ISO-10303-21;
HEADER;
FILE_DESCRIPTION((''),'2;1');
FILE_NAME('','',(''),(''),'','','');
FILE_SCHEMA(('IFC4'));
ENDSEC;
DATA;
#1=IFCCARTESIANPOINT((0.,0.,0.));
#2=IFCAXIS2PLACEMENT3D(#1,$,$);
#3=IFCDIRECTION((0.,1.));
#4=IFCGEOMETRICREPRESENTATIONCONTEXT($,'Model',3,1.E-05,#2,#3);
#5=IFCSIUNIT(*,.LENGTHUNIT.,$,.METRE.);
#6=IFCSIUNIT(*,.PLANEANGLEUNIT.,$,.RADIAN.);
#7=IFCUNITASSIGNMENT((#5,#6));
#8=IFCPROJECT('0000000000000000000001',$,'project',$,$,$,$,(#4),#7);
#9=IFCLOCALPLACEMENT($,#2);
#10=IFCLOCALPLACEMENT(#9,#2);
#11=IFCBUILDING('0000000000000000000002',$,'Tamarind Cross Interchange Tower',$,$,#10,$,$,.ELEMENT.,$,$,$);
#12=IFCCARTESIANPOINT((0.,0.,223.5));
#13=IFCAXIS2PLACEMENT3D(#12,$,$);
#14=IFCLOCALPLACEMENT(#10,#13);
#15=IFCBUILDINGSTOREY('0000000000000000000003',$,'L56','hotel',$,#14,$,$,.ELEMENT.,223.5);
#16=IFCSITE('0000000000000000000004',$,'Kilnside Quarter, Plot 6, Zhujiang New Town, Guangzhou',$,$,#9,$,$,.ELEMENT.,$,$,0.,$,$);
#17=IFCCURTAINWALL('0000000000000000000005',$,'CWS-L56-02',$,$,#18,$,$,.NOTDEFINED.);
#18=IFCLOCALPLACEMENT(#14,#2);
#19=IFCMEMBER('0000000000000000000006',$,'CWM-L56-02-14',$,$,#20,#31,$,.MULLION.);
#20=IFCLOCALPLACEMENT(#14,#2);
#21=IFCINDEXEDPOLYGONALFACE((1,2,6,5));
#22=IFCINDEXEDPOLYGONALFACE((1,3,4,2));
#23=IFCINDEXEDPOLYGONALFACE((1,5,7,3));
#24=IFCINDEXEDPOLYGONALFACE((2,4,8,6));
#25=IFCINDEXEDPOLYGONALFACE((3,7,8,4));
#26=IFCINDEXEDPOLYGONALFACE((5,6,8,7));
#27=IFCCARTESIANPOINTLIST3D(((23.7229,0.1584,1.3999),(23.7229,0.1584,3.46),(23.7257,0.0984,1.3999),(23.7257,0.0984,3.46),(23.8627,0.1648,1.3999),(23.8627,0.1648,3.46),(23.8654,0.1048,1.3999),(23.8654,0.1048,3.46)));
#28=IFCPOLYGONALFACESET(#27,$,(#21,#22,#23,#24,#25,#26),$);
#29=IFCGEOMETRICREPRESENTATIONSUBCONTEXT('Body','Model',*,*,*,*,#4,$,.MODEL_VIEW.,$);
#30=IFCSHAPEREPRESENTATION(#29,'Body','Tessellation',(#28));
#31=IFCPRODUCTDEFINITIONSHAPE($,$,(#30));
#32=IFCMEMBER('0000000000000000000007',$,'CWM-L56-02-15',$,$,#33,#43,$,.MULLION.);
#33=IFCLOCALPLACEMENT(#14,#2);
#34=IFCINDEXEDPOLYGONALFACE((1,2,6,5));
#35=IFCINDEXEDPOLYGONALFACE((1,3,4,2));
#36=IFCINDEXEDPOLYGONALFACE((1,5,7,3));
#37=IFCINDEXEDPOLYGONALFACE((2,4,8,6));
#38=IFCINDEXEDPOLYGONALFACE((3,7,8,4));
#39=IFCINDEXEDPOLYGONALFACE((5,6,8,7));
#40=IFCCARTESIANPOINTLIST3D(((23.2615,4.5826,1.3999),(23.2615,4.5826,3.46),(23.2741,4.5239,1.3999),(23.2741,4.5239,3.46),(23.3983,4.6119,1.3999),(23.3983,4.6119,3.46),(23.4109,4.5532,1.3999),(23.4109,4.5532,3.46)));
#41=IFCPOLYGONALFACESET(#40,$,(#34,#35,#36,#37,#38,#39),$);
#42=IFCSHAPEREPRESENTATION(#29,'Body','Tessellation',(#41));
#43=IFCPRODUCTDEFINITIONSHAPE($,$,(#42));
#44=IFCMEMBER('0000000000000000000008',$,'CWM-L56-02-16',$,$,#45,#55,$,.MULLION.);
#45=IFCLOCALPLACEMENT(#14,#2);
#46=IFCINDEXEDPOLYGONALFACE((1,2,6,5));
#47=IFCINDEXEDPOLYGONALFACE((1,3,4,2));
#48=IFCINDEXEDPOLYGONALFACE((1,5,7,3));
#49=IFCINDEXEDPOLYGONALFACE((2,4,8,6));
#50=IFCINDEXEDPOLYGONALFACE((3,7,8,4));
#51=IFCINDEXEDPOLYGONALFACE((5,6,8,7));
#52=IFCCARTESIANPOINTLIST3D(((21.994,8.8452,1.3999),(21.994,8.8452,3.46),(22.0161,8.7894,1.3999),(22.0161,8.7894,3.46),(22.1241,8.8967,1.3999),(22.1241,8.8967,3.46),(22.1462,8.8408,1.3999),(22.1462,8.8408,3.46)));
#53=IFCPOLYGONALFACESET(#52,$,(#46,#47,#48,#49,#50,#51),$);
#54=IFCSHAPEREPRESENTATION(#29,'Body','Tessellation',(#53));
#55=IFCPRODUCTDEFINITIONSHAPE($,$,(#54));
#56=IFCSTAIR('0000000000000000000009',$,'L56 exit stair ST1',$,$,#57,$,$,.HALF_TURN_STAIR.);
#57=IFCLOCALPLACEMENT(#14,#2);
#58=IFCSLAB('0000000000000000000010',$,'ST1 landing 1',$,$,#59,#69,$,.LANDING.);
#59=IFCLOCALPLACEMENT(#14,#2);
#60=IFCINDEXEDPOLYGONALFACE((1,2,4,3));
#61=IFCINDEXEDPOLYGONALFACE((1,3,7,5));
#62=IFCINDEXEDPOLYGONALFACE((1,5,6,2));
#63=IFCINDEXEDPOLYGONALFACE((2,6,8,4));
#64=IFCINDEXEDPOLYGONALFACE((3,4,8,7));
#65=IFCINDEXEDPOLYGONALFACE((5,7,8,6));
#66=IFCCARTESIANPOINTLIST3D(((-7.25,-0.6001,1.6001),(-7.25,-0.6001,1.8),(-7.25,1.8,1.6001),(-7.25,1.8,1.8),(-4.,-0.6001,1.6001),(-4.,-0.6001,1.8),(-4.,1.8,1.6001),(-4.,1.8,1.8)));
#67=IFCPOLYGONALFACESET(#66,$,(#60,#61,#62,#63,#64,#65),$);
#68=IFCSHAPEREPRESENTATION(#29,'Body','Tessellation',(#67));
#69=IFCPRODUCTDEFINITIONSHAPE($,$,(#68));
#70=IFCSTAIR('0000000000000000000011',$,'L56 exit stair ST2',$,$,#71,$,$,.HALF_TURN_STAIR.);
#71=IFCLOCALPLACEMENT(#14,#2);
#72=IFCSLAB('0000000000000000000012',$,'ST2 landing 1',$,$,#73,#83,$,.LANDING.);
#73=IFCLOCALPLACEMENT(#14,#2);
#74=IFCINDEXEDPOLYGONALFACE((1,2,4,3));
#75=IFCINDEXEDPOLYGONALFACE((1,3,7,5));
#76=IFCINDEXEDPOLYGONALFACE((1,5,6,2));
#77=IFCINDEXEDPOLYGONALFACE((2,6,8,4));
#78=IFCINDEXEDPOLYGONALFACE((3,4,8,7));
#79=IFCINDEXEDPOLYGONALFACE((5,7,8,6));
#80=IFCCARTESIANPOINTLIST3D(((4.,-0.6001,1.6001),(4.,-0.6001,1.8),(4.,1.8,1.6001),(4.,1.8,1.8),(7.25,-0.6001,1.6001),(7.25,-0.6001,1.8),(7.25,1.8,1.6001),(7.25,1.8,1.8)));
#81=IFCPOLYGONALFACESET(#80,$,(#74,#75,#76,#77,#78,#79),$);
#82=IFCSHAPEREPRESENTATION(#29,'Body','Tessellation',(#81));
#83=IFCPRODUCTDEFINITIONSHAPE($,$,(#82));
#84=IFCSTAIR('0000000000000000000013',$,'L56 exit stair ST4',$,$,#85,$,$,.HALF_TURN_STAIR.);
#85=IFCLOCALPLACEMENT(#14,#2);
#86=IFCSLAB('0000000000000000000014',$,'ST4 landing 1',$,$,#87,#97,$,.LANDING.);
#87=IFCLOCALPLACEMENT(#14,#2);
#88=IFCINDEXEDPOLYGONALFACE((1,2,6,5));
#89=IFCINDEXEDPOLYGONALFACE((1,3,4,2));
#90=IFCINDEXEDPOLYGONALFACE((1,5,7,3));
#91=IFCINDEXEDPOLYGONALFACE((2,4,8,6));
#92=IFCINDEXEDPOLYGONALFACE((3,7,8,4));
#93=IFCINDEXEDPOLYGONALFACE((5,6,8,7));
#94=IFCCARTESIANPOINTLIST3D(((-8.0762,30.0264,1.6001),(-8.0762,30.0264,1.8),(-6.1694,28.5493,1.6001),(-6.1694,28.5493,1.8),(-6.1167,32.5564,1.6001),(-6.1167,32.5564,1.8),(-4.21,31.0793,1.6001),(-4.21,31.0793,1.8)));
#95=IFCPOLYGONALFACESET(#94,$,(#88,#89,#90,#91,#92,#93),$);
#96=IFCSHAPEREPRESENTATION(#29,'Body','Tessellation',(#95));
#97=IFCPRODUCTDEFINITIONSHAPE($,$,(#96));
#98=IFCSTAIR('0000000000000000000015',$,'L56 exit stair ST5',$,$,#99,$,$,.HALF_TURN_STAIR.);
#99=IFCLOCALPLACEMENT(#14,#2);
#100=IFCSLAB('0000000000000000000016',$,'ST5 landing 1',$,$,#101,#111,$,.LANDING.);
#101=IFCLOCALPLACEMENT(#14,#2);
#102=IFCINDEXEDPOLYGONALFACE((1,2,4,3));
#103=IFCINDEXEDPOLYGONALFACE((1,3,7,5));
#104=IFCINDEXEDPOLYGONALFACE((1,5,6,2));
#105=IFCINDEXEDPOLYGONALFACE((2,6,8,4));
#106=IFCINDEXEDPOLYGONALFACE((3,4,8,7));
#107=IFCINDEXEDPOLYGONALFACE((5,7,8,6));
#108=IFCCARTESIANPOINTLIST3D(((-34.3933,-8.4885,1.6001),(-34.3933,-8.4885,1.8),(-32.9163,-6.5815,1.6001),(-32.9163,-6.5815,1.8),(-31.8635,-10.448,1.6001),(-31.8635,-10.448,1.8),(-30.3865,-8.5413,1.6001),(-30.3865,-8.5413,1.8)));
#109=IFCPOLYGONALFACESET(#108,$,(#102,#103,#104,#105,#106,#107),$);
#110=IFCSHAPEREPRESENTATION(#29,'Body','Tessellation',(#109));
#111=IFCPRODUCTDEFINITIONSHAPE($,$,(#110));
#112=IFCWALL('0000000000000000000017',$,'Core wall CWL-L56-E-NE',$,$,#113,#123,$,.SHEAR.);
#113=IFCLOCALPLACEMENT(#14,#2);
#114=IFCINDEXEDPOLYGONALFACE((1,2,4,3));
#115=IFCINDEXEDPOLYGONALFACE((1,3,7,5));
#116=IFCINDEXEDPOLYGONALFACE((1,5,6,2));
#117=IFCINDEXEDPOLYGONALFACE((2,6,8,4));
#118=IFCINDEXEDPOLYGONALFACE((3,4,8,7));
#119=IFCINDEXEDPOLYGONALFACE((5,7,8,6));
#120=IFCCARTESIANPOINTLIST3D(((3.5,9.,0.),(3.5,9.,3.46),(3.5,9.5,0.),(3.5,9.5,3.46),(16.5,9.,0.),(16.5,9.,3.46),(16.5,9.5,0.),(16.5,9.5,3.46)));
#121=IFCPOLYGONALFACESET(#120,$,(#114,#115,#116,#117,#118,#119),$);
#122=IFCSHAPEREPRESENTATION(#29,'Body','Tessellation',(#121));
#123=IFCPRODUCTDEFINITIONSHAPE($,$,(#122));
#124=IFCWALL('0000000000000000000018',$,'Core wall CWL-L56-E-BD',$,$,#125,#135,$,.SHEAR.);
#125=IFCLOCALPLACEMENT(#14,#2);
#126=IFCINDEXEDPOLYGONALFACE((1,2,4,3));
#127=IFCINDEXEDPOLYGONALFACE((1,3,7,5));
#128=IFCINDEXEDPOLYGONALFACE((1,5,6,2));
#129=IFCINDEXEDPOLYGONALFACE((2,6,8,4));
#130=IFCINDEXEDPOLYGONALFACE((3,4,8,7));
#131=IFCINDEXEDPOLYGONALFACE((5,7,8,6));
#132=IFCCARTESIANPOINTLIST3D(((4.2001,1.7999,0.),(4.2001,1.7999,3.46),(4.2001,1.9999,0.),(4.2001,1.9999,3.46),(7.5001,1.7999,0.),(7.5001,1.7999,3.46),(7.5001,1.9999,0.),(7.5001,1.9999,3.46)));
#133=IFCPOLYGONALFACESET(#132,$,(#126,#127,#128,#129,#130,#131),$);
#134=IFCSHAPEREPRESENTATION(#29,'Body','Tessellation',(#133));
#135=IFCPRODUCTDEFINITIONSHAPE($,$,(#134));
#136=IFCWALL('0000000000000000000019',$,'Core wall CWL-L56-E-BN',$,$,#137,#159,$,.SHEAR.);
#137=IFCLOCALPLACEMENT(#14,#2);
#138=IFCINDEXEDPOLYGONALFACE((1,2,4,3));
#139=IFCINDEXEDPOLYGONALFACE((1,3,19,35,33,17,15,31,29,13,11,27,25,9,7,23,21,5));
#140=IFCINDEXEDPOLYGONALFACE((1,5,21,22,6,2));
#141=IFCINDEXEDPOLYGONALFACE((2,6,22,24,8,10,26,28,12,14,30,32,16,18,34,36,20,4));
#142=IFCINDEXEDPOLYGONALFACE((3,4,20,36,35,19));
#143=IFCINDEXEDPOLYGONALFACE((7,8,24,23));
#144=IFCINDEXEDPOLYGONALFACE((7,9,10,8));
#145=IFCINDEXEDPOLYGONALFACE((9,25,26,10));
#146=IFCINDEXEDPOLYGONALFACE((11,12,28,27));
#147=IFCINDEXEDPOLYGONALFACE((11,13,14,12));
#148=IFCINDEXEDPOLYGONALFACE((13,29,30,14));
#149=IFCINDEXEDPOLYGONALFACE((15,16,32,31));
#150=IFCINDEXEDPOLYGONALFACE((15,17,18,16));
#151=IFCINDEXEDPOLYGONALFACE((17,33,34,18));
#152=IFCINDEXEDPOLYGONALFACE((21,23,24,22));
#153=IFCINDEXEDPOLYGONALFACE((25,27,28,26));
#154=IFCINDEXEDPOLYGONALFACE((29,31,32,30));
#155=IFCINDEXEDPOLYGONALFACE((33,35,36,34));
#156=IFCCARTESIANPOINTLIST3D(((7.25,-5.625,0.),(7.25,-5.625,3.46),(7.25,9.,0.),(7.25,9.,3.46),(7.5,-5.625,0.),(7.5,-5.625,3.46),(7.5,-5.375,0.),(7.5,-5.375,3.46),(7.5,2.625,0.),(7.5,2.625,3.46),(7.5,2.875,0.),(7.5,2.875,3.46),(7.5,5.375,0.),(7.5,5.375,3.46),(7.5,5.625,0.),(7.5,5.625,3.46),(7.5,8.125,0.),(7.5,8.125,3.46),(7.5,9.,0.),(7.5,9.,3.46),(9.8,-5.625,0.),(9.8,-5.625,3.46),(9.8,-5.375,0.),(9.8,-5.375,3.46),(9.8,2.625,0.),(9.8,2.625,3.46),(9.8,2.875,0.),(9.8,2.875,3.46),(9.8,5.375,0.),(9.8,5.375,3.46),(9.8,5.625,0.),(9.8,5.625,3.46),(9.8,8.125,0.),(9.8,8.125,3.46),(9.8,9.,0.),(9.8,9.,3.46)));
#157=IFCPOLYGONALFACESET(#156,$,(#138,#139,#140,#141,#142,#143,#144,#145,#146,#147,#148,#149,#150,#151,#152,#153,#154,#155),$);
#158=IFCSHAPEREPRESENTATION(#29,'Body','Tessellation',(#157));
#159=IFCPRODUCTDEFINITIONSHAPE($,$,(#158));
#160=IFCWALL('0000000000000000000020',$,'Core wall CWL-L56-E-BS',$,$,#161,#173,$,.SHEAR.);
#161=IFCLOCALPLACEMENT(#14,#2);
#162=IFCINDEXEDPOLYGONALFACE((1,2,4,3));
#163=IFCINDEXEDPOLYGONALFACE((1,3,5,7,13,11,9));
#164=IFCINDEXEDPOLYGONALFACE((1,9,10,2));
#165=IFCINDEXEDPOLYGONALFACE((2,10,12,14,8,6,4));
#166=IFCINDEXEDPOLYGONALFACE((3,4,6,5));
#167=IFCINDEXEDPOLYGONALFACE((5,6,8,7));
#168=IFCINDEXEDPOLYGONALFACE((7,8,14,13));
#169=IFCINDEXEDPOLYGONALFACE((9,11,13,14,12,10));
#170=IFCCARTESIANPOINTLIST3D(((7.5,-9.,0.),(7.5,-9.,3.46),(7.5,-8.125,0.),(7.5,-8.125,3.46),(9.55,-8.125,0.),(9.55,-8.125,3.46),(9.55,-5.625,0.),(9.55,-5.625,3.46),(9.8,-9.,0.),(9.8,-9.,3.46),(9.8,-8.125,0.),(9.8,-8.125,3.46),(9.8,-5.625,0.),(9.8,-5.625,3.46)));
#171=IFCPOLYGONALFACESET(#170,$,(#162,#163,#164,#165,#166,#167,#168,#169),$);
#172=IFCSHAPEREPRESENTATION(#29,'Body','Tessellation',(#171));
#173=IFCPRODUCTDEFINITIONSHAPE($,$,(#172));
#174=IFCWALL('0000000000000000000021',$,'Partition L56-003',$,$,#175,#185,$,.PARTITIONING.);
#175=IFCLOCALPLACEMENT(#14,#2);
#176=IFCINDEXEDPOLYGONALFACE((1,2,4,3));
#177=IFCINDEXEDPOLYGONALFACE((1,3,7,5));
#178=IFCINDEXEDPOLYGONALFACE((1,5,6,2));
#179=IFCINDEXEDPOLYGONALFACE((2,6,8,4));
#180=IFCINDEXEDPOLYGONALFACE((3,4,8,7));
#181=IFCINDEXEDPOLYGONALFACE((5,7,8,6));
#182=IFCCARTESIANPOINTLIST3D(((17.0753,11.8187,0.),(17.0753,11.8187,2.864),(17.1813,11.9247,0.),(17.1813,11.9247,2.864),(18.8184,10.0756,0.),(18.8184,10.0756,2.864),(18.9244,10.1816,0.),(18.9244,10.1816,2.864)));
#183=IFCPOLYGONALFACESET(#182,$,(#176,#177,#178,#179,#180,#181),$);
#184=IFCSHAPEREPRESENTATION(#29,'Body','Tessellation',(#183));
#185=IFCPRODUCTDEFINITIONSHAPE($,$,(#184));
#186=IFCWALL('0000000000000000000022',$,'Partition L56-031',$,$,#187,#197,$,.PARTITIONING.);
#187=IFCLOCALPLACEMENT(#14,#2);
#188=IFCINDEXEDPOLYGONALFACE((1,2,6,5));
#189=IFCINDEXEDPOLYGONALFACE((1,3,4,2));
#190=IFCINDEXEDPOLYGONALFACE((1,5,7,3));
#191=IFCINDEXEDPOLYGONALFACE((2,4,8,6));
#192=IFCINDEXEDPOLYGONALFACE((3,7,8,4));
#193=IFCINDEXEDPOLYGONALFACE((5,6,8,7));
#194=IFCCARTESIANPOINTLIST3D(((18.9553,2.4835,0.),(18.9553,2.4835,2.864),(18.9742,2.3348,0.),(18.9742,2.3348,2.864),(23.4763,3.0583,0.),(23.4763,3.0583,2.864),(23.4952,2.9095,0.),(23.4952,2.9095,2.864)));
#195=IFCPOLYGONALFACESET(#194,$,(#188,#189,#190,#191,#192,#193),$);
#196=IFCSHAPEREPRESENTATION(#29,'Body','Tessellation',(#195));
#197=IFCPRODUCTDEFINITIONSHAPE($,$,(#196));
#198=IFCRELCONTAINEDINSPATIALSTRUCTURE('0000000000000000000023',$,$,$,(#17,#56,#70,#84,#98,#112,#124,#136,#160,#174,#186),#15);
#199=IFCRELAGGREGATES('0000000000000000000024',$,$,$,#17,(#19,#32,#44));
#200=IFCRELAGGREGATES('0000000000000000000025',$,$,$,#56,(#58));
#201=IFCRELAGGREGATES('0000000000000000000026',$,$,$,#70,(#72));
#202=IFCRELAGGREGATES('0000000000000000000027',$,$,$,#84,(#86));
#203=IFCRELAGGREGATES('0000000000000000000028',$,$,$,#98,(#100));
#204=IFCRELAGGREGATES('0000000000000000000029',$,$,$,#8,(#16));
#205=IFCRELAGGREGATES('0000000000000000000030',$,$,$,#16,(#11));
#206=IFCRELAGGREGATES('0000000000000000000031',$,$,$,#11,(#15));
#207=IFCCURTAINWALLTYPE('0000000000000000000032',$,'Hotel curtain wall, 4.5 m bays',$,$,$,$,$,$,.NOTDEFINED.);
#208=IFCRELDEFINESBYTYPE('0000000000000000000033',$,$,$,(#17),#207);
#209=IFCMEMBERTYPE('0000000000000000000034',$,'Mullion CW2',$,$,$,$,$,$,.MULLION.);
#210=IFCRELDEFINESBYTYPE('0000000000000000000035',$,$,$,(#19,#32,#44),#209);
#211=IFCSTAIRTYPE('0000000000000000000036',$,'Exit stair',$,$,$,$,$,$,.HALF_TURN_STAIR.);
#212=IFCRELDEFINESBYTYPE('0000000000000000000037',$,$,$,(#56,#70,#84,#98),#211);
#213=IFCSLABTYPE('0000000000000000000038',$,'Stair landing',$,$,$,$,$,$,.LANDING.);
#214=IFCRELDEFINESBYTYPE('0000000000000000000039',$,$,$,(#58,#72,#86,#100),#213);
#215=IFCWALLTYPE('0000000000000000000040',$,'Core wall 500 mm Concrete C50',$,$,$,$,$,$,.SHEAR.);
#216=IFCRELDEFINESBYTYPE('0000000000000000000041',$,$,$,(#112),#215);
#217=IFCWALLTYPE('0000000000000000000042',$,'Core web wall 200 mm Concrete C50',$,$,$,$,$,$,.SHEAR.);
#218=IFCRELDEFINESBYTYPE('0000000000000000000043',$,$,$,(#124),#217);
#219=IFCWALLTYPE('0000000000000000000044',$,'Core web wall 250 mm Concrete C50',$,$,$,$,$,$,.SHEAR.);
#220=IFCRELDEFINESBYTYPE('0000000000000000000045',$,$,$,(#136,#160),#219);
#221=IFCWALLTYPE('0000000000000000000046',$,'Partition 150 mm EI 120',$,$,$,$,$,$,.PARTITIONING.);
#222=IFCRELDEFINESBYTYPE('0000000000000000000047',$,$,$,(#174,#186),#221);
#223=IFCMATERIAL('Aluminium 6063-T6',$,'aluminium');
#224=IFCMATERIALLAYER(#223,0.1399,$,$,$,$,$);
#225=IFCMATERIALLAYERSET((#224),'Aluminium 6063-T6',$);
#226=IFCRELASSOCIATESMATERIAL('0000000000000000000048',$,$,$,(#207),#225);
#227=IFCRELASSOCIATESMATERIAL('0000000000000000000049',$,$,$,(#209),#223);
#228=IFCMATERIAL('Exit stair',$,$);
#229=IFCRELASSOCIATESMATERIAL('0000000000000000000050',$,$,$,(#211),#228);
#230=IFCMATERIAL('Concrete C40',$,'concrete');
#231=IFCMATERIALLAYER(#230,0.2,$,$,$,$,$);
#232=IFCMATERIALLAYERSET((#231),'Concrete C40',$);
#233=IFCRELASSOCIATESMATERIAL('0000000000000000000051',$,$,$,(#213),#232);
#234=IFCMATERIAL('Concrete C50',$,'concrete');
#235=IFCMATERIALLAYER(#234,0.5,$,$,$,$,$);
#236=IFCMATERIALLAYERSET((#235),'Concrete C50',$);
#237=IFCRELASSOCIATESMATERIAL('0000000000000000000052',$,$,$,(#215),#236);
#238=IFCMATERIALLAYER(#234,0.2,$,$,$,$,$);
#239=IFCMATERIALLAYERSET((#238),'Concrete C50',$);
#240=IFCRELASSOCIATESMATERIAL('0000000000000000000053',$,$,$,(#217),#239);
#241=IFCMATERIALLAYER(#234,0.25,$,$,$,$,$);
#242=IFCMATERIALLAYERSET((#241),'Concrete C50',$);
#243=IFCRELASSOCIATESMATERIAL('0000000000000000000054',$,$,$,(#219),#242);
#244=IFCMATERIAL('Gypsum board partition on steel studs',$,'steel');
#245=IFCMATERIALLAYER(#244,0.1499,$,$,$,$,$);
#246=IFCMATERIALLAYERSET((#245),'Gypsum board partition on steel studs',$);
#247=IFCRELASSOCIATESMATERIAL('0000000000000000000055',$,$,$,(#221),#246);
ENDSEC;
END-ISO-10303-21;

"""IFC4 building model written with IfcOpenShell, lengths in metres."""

from ifc_helpers import new_model, si_unit, direction, frame, frame_2d, origin, origin_2d, place, context, subcontext, project, spatial, polyline, rectangle, outline, extrude, material, layer, layer_set, material_profile, profile_set, type_object, element, aggregate, save


model = new_model("IFC4")

# Units and contexts
model_context = context("Model", 3, precision=1e-05, world=origin(), true_north=direction((0.0, 1.0)))
body_context = subcontext(model_context, "Body", "Model", "MODEL_VIEW")
ifc_project = project(units=[si_unit("LENGTHUNIT", "METRE"), si_unit("PLANEANGLEUNIT", "RADIAN")], contexts=[model_context])

# Site, building, storey
site_placement = place(None, origin())
site = spatial("IfcSite", under=ifc_project, at=site_placement, Name="Kilnside Quarter, Plot 6, Zhujiang New Town, Guangzhou", CompositionType="ELEMENT", RefElevation=0.0)
building_placement = place(site_placement, origin())
building = spatial("IfcBuilding", under=site, at=building_placement, Name="Tamarind Cross Interchange Tower", CompositionType="ELEMENT")
storey_placement = place(building_placement, frame((0.0, 0.0, 223.5)))
storey = spatial("IfcBuildingStorey", under=building, at=storey_placement, Name="L56", Description="hotel", CompositionType="ELEMENT", Elevation=223.5)

# Shared definitions
ifc_material_1 = material(Name="Concrete C50", Category="concrete")

# Curtain wall, members
ifc_material_2 = material(Name="Aluminium 6063-T6", Category="aluminium")
ifc_layer_1 = layer(ifc_material_2, 0.1399)
ifc_layer_set_1 = layer_set([ifc_layer_1], Name="Aluminium 6063-T6")
curtain_wall_type = type_object("IfcCurtainWallType", Name="Hotel curtain wall, 4.5 m bays", PredefinedType="NOTDEFINED", material=ifc_layer_set_1)
curtain_wall_placement = place(storey_placement, origin())
curtain_wall = element("IfcCurtainWall", 1, at=curtain_wall_placement, inside=storey, type_object=curtain_wall_type, Name="CWS-L56-02", PredefinedType="NOTDEFINED")
ifc_material_profile_1 = material_profile(ifc_material_2, rectangle(XDim=0.0601, YDim=0.1399, at=origin_2d()), Name="Mullion CW2")
ifc_profile_set_1 = profile_set([ifc_material_profile_1], Name="Aluminium 6063-T6")
member_type = type_object("IfcMemberType", Name="Mullion CW2", PredefinedType="MULLION", material=ifc_profile_set_1)
member_1_placement = place(storey_placement, frame((23.7942, 0.1316, 1.3999), z_axis=(0.0, 0.0, 1.0), x_axis=(-0.045624, 0.998959, 0.0)))
member_1 = element("IfcMember", 2, at=member_1_placement, type_object=member_type, Name="CWM-L56-02-14", PredefinedType="MULLION", context=body_context, shape_type="SweptSolid", body=[
    extrude(rectangle(XDim=0.0601, YDim=0.1399, at=origin_2d()), origin(), (0.0, 0.0, 1.0), 2.0601),
])
member_2_placement = place(storey_placement, frame((23.3362, 4.5679, 1.3999), z_axis=(0.0, 0.0, 1.0), x_axis=(-0.209425, 0.977825, 0.0)))
member_2 = element("IfcMember", 3, at=member_2_placement, type_object=member_type, Name="CWM-L56-02-15", PredefinedType="MULLION", context=body_context, shape_type="SweptSolid", body=[
    extrude(rectangle(XDim=0.0601, YDim=0.1399, at=origin_2d()), origin(), (0.0, 0.0, 1.0), 2.0601),
])
member_3_placement = place(storey_placement, frame((22.0701, 8.843, 1.3999), z_axis=(0.0, 0.0, 1.0), x_axis=(-0.367514, 0.930018, 0.0)))
member_3 = element("IfcMember", 4, at=member_3_placement, type_object=member_type, Name="CWM-L56-02-16", PredefinedType="MULLION", context=body_context, shape_type="SweptSolid", body=[
    extrude(rectangle(XDim=0.0601, YDim=0.1399, at=origin_2d()), origin(), (0.0, 0.0, 1.0), 2.0601),
])
aggregate(curtain_wall, [member_1, member_2, member_3])

# Stairs, slabs
ifc_material_3 = material(Name="Exit stair")
stair_type = type_object("IfcStairType", Name="Exit stair", PredefinedType="HALF_TURN_STAIR", material=ifc_material_3)
stair_1_placement = place(storey_placement, origin())
stair_1 = element("IfcStair", 5, at=stair_1_placement, inside=storey, type_object=stair_type, Name="L56 exit stair ST1", PredefinedType="HALF_TURN_STAIR")
ifc_material_4 = material(Name="Concrete C40", Category="concrete")
ifc_layer_2 = layer(ifc_material_4, 0.2)
ifc_layer_set_2 = layer_set([ifc_layer_2], Name="Concrete C40")
slab_type = type_object("IfcSlabType", Name="Stair landing", PredefinedType="LANDING", material=ifc_layer_set_2)
slab_1_placement = place(storey_placement, frame((0.0, 0.0, 1.6001)))
slab_1 = element("IfcSlab", 6, at=slab_1_placement, type_object=slab_type, Name="ST1 landing 1", PredefinedType="LANDING", context=body_context, shape_type="SweptSolid", body=[
    extrude(outline(polyline([(-4.0, -0.6001), (-4.0, 1.8), (-7.25, 1.8), (-7.25, -0.6001), (-4.0, -0.6001)])), origin(), (0.0, 0.0, 1.0), 0.2),
])
aggregate(stair_1, [slab_1])
stair_2_placement = place(storey_placement, origin())
stair_2 = element("IfcStair", 7, at=stair_2_placement, inside=storey, type_object=stair_type, Name="L56 exit stair ST2", PredefinedType="HALF_TURN_STAIR")
slab_2_placement = place(storey_placement, frame((0.0, 0.0, 1.6001)))
slab_2 = element("IfcSlab", 8, at=slab_2_placement, type_object=slab_type, Name="ST2 landing 1", PredefinedType="LANDING", context=body_context, shape_type="SweptSolid", body=[
    extrude(outline(polyline([(7.25, -0.6001), (7.25, 1.8), (4.0, 1.8), (4.0, -0.6001), (7.25, -0.6001)])), origin(), (0.0, 0.0, 1.0), 0.2),
])
aggregate(stair_2, [slab_2])
stair_3_placement = place(storey_placement, origin())
stair_3 = element("IfcStair", 9, at=stair_3_placement, inside=storey, type_object=stair_type, Name="L56 exit stair ST4", PredefinedType="HALF_TURN_STAIR")
slab_3_placement = place(storey_placement, frame((0.0, 0.0, 1.6001)))
slab_3 = element("IfcSlab", 10, at=slab_3_placement, type_object=slab_type, Name="ST4 landing 1", PredefinedType="LANDING", context=body_context, shape_type="SweptSolid", body=[
    extrude(outline(polyline([(-4.21, 31.0793), (-6.1167, 32.5564), (-8.0762, 30.0264), (-6.1694, 28.5493), (-4.21, 31.0793)])), origin(), (0.0, 0.0, 1.0), 0.2),
])
aggregate(stair_3, [slab_3])
stair_4_placement = place(storey_placement, origin())
stair_4 = element("IfcStair", 11, at=stair_4_placement, inside=storey, type_object=stair_type, Name="L56 exit stair ST5", PredefinedType="HALF_TURN_STAIR")
slab_4_placement = place(storey_placement, frame((0.0, 0.0, 1.6001)))
slab_4 = element("IfcSlab", 12, at=slab_4_placement, type_object=slab_type, Name="ST5 landing 1", PredefinedType="LANDING", context=body_context, shape_type="SweptSolid", body=[
    extrude(outline(polyline([(-32.9163, -6.5815), (-34.3933, -8.4885), (-31.8635, -10.448), (-30.3865, -8.5413), (-32.9163, -6.5815)])), origin(), (0.0, 0.0, 1.0), 0.2),
])
aggregate(stair_4, [slab_4])

# Walls
ifc_layer_3 = layer(ifc_material_1, 0.5)
ifc_layer_set_3 = layer_set([ifc_layer_3], Name="Concrete C50")
wall_type_1 = type_object("IfcWallType", Name="Core wall 500 mm Concrete C50", PredefinedType="SHEAR", material=ifc_layer_set_3)
wall_1_placement = place(storey_placement, frame((16.5, 9.25, 0.0), z_axis=(0.0, 0.0, 1.0), x_axis=(-1.0, 0.0, 0.0)))
element("IfcWall", 13, at=wall_1_placement, inside=storey, type_object=wall_type_1, Name="Core wall CWL-L56-E-NE", PredefinedType="SHEAR", context=body_context, shape_type="SweptSolid", body=[
    extrude(rectangle(XDim=13.0, YDim=0.5, at=frame_2d((6.5, 0.0))), origin(), (0.0, 0.0, 1.0), 3.46),
])
ifc_layer_4 = layer(ifc_material_1, 0.2)
ifc_layer_set_4 = layer_set([ifc_layer_4], Name="Concrete C50")
wall_type_2 = type_object("IfcWallType", Name="Core web wall 200 mm Concrete C50", PredefinedType="SHEAR", material=ifc_layer_set_4)
wall_2_placement = place(storey_placement, frame((7.5, 1.8999, 0.0), z_axis=(0.0, 0.0, 1.0), x_axis=(-1.0, 0.0, 0.0)))
element("IfcWall", 14, at=wall_2_placement, inside=storey, type_object=wall_type_2, Name="Core wall CWL-L56-E-BD", PredefinedType="SHEAR", context=body_context, shape_type="SweptSolid", body=[
    extrude(rectangle(XDim=3.3, YDim=0.2, at=frame_2d((1.6499, 0.0))), origin(), (0.0, 0.0, 1.0), 3.46),
])
ifc_layer_5 = layer(ifc_material_1, 0.25)
ifc_layer_set_5 = layer_set([ifc_layer_5], Name="Concrete C50")
wall_type_3 = type_object("IfcWallType", Name="Core web wall 250 mm Concrete C50", PredefinedType="SHEAR", material=ifc_layer_set_5)
wall_3_placement = place(storey_placement, origin())
element("IfcWall", 15, at=wall_3_placement, inside=storey, type_object=wall_type_3, Name="Core wall CWL-L56-E-BN", PredefinedType="SHEAR", context=body_context, shape_type="SweptSolid", body=[
    extrude(outline(polyline([(9.8, -5.375), (7.5, -5.375), (7.5, 2.625), (9.8, 2.625), (9.8, 2.875), (7.5, 2.875), (7.5, 5.375), (9.8, 5.375), (9.8, 5.625), (7.5, 5.625), (7.5, 8.125), (9.8, 8.125), (9.8, 9.0), (7.5, 9.0), (7.25, 9.0), (7.25, -5.625), (7.5, -5.625), (9.8, -5.625), (9.8, -5.375)])), origin(), (0.0, 0.0, 1.0), 3.46),
])
wall_4_placement = place(storey_placement, origin())
element("IfcWall", 16, at=wall_4_placement, inside=storey, type_object=wall_type_3, Name="Core wall CWL-L56-E-BS", PredefinedType="SHEAR", context=body_context, shape_type="SweptSolid", body=[
    extrude(outline(polyline([(7.5, -8.125), (7.5, -9.0), (9.8, -9.0), (9.8, -8.125), (9.8, -5.625), (9.55, -5.625), (9.55, -8.125), (7.5, -8.125)])), origin(), (0.0, 0.0, 1.0), 3.46),
])
ifc_material_5 = material(Name="Gypsum board partition on steel studs", Category="steel")
ifc_layer_6 = layer(ifc_material_5, 0.1499)
ifc_layer_set_6 = layer_set([ifc_layer_6], Name="Gypsum board partition on steel studs")
wall_type_4 = type_object("IfcWallType", Name="Partition 150 mm EI 120", PredefinedType="PARTITIONING", material=ifc_layer_set_6)
wall_5_placement = place(storey_placement, frame((17.1284, 11.8716, 0.0), z_axis=(0.0, 0.0, 1.0), x_axis=(0.707107, -0.707107, 0.0)))
element("IfcWall", 17, at=wall_5_placement, inside=storey, type_object=wall_type_4, Name="Partition L56-003", PredefinedType="PARTITIONING", context=body_context, shape_type="SweptSolid", body=[
    extrude(rectangle(XDim=2.4651, YDim=0.1499, at=frame_2d((1.2324, 0.0))), origin(), (0.0, 0.0, 1.0), 2.864),
])
wall_6_placement = place(storey_placement, frame((18.9646, 2.4092, 0.0), z_axis=(0.0, 0.0, 1.0), x_axis=(0.992017, 0.126105, 0.0)))
element("IfcWall", 18, at=wall_6_placement, inside=storey, type_object=wall_type_4, Name="Partition L56-031", PredefinedType="PARTITIONING", context=body_context, shape_type="SweptSolid", body=[
    extrude(rectangle(XDim=4.5574, YDim=0.1499, at=frame_2d((2.2788, 0.0))), origin(), (0.0, 0.0, 1.0), 2.864),
])

save(model, "model.ifc")
